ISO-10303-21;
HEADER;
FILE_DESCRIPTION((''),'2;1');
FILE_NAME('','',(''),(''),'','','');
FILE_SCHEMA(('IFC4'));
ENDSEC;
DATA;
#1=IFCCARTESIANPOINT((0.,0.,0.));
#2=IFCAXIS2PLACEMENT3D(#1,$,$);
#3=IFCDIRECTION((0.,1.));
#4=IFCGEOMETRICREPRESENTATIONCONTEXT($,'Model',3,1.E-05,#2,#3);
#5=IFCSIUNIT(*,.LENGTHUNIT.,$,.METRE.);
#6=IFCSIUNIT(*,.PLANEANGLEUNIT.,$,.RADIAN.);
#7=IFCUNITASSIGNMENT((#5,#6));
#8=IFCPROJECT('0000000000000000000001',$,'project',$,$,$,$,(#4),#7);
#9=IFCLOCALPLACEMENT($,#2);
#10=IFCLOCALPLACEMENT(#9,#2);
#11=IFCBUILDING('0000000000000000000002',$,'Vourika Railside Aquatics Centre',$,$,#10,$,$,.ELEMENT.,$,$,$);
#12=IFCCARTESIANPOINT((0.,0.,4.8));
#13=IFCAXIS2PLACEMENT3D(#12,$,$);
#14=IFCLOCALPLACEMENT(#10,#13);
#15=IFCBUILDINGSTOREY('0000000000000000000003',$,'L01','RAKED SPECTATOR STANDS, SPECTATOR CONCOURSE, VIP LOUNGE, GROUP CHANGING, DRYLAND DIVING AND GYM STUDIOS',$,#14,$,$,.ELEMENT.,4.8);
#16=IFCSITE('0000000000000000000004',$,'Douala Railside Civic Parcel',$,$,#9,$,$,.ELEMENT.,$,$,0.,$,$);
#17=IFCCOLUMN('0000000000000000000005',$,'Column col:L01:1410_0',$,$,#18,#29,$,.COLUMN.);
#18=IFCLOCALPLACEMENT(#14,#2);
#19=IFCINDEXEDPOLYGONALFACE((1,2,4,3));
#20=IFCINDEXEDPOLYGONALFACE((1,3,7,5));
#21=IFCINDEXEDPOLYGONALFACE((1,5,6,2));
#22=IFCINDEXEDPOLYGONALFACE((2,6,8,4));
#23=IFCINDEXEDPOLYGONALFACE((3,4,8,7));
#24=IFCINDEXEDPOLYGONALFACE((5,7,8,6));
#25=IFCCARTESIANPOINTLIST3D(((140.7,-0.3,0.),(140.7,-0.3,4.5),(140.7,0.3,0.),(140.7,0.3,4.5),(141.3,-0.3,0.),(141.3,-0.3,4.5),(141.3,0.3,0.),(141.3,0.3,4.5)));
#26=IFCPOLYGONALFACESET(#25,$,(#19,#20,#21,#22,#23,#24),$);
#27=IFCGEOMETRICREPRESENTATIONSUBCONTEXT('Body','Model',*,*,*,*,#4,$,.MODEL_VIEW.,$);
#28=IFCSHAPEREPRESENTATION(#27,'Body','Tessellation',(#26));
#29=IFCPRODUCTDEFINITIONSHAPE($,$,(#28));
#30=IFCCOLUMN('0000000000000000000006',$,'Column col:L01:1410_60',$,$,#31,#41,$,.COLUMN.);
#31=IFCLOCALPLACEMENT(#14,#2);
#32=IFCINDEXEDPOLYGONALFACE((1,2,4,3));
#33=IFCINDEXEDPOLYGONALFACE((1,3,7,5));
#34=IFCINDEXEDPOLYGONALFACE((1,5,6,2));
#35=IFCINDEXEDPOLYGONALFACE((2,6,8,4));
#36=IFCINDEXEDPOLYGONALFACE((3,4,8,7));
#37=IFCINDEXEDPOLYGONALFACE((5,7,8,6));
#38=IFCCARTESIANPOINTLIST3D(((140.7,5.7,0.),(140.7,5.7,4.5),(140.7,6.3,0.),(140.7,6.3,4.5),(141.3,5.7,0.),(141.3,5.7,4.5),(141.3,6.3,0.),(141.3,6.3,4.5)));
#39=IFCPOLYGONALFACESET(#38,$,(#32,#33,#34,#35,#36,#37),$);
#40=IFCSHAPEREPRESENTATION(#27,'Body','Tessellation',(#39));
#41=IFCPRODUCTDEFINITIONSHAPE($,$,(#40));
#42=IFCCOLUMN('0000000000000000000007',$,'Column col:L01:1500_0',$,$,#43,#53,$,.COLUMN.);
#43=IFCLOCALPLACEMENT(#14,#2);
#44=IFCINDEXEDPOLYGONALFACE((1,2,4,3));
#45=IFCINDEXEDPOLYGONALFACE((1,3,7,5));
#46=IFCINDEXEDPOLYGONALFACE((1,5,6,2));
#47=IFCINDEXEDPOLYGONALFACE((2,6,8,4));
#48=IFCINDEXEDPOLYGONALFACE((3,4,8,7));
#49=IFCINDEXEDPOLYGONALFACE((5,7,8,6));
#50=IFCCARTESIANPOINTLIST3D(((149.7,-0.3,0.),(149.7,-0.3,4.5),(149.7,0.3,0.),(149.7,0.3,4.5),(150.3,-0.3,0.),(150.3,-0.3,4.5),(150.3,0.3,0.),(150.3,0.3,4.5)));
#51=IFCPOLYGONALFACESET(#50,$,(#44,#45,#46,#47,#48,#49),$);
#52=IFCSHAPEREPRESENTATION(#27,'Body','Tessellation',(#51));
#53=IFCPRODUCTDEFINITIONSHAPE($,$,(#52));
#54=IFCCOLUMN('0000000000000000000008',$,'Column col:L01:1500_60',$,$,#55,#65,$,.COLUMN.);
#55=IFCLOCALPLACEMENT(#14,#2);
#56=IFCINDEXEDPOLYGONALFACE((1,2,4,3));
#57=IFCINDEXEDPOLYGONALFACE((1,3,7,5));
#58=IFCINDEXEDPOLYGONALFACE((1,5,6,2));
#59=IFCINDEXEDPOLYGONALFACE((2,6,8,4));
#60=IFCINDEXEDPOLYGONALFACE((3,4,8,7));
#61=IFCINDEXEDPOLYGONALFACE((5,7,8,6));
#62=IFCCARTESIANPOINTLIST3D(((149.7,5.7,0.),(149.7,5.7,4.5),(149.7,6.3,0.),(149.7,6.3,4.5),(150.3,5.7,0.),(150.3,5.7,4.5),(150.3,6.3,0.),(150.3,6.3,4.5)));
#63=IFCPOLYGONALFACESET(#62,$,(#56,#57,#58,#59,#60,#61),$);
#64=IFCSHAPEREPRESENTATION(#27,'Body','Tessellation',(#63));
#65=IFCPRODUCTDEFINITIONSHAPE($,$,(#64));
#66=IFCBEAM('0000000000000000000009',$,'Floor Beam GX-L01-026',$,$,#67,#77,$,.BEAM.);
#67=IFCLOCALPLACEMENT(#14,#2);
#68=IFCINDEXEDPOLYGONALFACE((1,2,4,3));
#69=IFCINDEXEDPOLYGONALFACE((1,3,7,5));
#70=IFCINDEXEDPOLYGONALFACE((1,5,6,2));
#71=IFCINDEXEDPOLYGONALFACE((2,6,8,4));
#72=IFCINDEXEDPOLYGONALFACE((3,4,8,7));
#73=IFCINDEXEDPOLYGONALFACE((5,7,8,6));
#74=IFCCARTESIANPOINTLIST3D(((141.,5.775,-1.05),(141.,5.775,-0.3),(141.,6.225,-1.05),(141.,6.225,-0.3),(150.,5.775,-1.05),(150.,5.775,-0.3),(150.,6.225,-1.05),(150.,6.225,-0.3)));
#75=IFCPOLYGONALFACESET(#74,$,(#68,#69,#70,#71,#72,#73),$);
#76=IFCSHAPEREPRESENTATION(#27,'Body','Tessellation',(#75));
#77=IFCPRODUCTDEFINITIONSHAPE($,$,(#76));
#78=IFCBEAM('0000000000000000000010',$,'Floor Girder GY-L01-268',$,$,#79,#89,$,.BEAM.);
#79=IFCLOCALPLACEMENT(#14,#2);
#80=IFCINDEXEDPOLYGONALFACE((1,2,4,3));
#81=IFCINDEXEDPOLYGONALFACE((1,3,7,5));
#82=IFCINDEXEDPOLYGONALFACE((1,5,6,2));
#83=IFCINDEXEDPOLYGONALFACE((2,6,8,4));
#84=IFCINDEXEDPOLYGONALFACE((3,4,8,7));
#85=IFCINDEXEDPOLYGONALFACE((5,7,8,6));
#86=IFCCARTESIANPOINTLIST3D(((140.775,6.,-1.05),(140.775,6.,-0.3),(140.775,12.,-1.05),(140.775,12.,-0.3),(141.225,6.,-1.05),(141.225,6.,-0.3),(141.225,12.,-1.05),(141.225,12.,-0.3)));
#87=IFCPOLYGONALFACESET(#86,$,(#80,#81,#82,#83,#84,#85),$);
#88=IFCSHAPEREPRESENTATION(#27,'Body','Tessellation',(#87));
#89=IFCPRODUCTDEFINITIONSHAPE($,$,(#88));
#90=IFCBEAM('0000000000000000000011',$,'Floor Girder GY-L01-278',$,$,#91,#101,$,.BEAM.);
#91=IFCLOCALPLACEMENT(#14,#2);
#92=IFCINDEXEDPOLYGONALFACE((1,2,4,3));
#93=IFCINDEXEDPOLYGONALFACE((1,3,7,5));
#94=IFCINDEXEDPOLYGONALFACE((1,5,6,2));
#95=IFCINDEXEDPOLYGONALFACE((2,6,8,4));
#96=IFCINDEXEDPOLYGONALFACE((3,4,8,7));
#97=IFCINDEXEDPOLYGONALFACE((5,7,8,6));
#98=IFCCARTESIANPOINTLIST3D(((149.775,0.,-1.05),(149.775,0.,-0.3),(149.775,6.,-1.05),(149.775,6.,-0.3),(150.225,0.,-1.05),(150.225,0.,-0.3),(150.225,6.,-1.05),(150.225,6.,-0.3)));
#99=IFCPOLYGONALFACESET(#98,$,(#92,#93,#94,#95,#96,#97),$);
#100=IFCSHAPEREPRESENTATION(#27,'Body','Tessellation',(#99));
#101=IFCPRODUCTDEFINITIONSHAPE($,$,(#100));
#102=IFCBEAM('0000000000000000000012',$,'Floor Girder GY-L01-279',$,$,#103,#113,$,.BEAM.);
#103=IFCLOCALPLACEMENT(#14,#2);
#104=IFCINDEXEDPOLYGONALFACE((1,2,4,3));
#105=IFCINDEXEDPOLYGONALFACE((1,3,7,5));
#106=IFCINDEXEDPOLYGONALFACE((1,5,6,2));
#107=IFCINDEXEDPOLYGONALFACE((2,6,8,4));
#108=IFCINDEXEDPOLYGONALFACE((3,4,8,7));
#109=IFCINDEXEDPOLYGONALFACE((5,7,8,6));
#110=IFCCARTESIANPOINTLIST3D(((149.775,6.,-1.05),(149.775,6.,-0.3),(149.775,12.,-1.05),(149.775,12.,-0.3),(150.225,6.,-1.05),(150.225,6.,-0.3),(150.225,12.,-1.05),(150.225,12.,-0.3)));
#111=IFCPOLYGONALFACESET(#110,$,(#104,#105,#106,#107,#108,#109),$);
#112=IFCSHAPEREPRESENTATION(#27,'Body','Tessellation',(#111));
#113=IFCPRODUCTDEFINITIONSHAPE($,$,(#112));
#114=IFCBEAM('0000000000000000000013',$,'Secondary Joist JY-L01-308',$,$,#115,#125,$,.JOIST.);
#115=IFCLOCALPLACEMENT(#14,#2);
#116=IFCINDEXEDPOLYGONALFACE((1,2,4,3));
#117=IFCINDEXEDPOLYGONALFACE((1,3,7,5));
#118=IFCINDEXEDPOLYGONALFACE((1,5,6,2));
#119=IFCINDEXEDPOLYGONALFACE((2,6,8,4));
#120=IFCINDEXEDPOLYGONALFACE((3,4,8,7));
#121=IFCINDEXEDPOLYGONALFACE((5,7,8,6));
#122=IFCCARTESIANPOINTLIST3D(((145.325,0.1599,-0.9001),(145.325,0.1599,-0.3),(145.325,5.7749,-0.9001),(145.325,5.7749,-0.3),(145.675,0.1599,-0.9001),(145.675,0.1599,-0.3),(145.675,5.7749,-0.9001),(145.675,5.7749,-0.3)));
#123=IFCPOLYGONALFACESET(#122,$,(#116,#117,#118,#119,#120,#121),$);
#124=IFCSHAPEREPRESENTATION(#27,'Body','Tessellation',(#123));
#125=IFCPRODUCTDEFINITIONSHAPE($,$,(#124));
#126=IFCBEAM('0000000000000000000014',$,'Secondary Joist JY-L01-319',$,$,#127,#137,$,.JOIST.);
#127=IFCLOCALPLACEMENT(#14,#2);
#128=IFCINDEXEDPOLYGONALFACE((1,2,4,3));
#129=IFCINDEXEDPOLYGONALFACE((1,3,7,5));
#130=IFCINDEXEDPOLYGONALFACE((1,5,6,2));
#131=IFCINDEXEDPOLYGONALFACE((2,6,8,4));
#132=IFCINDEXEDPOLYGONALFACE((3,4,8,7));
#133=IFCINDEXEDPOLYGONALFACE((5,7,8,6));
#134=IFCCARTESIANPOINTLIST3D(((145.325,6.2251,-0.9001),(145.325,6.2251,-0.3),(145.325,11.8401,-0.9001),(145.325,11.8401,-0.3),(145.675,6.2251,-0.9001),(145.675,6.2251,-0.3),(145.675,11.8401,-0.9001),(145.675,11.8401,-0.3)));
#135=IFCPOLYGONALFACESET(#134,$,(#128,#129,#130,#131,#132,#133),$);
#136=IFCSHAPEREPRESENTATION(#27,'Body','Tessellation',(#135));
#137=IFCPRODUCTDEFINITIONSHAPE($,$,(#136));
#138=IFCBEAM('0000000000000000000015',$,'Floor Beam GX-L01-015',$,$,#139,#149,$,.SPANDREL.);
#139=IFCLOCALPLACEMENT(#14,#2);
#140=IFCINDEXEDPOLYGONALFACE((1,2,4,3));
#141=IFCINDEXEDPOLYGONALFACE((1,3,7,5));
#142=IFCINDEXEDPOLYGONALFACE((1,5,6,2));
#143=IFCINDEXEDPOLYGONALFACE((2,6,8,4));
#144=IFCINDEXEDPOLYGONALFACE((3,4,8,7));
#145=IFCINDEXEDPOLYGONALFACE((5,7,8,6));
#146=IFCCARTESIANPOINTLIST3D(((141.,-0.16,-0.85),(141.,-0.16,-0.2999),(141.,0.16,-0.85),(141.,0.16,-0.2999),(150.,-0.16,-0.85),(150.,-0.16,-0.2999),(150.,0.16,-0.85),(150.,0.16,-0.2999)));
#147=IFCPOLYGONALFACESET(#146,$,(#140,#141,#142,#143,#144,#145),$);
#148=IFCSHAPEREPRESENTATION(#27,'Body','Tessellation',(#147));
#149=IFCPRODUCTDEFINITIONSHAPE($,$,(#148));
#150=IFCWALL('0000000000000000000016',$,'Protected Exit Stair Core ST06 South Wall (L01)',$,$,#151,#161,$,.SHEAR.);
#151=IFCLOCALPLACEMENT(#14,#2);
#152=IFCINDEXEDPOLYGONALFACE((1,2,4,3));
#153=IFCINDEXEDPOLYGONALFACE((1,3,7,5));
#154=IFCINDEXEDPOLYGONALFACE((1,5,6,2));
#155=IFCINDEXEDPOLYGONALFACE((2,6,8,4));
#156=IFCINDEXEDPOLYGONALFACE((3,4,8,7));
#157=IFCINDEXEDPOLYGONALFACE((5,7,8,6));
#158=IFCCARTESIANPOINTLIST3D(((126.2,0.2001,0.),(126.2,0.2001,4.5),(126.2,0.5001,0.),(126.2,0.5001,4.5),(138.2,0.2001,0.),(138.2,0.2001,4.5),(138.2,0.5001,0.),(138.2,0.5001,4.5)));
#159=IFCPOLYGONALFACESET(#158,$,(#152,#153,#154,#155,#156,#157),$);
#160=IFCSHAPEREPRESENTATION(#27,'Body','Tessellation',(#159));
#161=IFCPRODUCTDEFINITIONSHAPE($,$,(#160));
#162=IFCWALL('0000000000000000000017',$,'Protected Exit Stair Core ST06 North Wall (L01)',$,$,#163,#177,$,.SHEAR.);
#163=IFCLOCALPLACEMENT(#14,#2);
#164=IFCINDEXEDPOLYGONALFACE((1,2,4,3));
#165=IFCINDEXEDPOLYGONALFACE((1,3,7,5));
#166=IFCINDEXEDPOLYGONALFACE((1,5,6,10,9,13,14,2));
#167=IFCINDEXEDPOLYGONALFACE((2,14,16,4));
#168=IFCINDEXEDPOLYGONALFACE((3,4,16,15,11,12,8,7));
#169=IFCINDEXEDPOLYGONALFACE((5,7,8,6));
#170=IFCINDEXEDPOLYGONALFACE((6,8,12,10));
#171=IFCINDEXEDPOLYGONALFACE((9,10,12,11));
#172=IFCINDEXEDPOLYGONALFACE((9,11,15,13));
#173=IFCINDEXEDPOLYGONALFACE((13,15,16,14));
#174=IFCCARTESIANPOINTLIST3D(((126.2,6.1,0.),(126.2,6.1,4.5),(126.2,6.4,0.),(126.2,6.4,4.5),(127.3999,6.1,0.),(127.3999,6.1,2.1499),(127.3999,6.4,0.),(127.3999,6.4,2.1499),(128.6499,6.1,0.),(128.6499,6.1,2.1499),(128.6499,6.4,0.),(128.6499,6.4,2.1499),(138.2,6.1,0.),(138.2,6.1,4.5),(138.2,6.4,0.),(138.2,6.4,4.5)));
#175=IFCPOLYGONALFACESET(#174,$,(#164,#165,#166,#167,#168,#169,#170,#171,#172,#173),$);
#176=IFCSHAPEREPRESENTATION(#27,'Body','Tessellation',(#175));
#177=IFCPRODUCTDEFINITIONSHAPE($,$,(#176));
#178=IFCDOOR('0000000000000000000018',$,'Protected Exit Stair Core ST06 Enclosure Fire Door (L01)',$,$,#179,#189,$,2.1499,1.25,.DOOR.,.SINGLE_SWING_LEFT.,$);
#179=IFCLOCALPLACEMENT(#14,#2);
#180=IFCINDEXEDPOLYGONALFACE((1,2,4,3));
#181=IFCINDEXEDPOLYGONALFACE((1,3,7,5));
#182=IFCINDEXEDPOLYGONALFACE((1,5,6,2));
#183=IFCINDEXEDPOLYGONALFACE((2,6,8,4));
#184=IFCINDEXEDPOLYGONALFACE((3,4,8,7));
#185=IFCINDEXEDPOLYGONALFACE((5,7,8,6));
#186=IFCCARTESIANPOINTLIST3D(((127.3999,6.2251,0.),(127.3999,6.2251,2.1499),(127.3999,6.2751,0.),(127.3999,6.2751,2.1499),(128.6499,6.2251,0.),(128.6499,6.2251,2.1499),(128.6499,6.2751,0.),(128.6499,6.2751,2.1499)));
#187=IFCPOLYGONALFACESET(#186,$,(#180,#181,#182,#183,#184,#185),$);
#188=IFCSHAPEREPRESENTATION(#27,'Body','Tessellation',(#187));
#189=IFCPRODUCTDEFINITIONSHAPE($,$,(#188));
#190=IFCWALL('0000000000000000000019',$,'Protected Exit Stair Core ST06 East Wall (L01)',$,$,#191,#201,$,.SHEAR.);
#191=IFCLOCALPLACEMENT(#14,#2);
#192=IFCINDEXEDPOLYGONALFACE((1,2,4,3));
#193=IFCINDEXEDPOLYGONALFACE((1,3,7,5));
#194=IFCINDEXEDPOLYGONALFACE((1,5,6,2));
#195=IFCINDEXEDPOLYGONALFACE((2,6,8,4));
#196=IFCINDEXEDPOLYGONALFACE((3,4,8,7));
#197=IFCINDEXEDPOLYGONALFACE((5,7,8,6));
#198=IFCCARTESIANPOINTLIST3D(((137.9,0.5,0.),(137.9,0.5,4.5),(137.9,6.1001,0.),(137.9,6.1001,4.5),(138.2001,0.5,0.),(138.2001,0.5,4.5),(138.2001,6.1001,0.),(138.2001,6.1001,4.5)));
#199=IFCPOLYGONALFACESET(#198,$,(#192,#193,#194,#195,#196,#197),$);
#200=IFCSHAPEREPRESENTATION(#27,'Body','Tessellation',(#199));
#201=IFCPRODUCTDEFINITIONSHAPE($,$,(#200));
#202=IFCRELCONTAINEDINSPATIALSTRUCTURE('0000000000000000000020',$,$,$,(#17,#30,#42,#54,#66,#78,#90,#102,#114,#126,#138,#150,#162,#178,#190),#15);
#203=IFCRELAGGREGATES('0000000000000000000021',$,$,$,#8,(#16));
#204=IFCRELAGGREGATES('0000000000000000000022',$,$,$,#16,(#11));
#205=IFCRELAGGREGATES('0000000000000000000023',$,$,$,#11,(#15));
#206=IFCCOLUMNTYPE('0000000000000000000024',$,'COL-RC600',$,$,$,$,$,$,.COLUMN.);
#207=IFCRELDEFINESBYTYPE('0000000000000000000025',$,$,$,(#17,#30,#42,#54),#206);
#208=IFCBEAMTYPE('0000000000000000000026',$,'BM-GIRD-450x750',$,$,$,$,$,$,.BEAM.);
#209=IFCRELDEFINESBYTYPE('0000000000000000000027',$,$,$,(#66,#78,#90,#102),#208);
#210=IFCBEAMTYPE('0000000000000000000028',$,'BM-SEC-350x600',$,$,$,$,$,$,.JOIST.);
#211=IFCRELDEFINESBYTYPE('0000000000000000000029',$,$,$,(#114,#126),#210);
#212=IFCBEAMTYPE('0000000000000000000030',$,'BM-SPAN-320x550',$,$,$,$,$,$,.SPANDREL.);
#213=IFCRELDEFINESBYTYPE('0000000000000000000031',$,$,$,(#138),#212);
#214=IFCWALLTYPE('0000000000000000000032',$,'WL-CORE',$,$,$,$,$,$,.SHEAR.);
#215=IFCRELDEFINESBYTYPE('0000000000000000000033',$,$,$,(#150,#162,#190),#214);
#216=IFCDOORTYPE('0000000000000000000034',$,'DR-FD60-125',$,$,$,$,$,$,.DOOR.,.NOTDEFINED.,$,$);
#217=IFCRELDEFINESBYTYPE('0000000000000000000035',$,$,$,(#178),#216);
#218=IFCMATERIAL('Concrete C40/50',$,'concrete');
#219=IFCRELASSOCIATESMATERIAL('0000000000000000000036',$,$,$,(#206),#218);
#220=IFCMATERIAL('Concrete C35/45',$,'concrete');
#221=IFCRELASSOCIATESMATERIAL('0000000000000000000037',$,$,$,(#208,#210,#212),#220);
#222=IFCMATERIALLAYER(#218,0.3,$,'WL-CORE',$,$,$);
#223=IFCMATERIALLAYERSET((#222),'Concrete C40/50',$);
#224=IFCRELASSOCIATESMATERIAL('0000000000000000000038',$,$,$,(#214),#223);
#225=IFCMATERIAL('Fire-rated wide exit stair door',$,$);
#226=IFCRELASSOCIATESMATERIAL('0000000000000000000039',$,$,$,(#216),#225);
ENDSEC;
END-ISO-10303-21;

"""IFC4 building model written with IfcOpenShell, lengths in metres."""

from ifc_helpers import new_model, si_unit, direction, frame, frame_2d, origin, origin_2d, place, context, subcontext, project, spatial, rectangle, extrude, material, layer, layer_set, material_profile, profile_set, type_object, element, fill, save


model = new_model("IFC4")

# Units and contexts
model_context = context("Model", 3, precision=1e-05, world=origin(), true_north=direction((0.0, 1.0)))
body_context = subcontext(model_context, "Body", "Model", "MODEL_VIEW")
ifc_project = project(units=[si_unit("LENGTHUNIT", "METRE"), si_unit("PLANEANGLEUNIT", "RADIAN")], contexts=[model_context])

# Site, building, storey
site_placement = place(None, origin())
site = spatial("IfcSite", under=ifc_project, at=site_placement, Name="Douala Railside Civic Parcel", CompositionType="ELEMENT", RefElevation=0.0)
building_placement = place(site_placement, origin())
building = spatial("IfcBuilding", under=site, at=building_placement, Name="Vourika Railside Aquatics Centre", CompositionType="ELEMENT")
storey_placement = place(building_placement, frame((0.0, 0.0, 4.8)))
storey = spatial("IfcBuildingStorey", under=building, at=storey_placement, Name="L01", Description="RAKED SPECTATOR STANDS, SPECTATOR CONCOURSE, VIP LOUNGE, GROUP CHANGING, DRYLAND DIVING AND GYM STUDIOS", CompositionType="ELEMENT", Elevation=4.8)

# Columns
ifc_material_1 = material(Name="Concrete C40/50", Category="concrete")
ifc_material_profile_1 = material_profile(ifc_material_1, rectangle(XDim=0.6001, YDim=0.6001, at=origin_2d()), Name="RC 600x600")
ifc_profile_set_1 = profile_set([ifc_material_profile_1], Name="Concrete C40/50")
column_type = type_object("IfcColumnType", Name="COL-RC600", PredefinedType="COLUMN", material=ifc_profile_set_1)
for number, where, z_axis, x_axis, name in (
    (1, (141.0, 0.0, 0.0), (0.0, 0.0, 1.0), (1.0, 0.0, 0.0), "Column col:L01:1410_0"),
    (2, (141.0, 6.0, 0.0), (0.0, 0.0, 1.0), (1.0, 0.0, 0.0), "Column col:L01:1410_60"),
    (3, (150.0, 0.0, 0.0), (0.0, 0.0, 1.0), (1.0, 0.0, 0.0), "Column col:L01:1500_0"),
    (4, (150.0, 6.0, 0.0), (0.0, 0.0, 1.0), (1.0, 0.0, 0.0), "Column col:L01:1500_60"),
):
    element("IfcColumn", number, at=place(storey_placement, frame(where, z_axis=z_axis, x_axis=x_axis)), inside=storey, type_object=column_type, Name=name, PredefinedType="COLUMN", context=body_context, shape_type="SweptSolid", body=[
        extrude(rectangle(XDim=0.6001, YDim=0.6001, at=origin_2d()), origin(), (0.0, 0.0, 1.0), 4.5),
    ])

# Beams
ifc_material_2 = material(Name="Concrete C35/45", Category="concrete")
ifc_material_profile_2 = material_profile(ifc_material_2, rectangle(XDim=0.45, YDim=0.75, at=origin_2d()), Name="RC 450x750")
ifc_profile_set_2 = profile_set([ifc_material_profile_2], Name="Concrete C35/45")
beam_type_1 = type_object("IfcBeamType", Name="BM-GIRD-450x750", PredefinedType="BEAM", material=ifc_profile_set_2)
beam_1_placement = place(storey_placement, frame((141.0, 6.0, -0.675), z_axis=(1.0, 0.0, 0.0), x_axis=(0.0, 1.0, 0.0)))
element("IfcBeam", 5, at=beam_1_placement, inside=storey, type_object=beam_type_1, Name="Floor Beam GX-L01-026", PredefinedType="BEAM", context=body_context, shape_type="SweptSolid", body=[
    extrude(rectangle(XDim=0.45, YDim=0.75, at=origin_2d()), origin(), (0.0, 0.0, 1.0), 9.0),
])
for number, where, z_axis, x_axis, name in (
    (6, (141.0, 6.0, -0.675), (0.0, 1.0, 0.0), (-1.0, 0.0, 0.0), "Floor Girder GY-L01-268"),
    (7, (150.0, 0.0, -0.675), (0.0, 1.0, 0.0), (-1.0, 0.0, 0.0), "Floor Girder GY-L01-278"),
    (8, (150.0, 6.0, -0.675), (0.0, 1.0, 0.0), (-1.0, 0.0, 0.0), "Floor Girder GY-L01-279"),
):
    element("IfcBeam", number, at=place(storey_placement, frame(where, z_axis=z_axis, x_axis=x_axis)), inside=storey, type_object=beam_type_1, Name=name, PredefinedType="BEAM", context=body_context, shape_type="SweptSolid", body=[
        extrude(rectangle(XDim=0.45, YDim=0.75, at=origin_2d()), origin(), (0.0, 0.0, 1.0), 6.0),
    ])
ifc_material_profile_3 = material_profile(ifc_material_2, rectangle(XDim=0.3501, YDim=0.6001, at=origin_2d()), Name="RC 350x600")
ifc_profile_set_3 = profile_set([ifc_material_profile_3], Name="Concrete C35/45")
beam_type_2 = type_object("IfcBeamType", Name="BM-SEC-350x600", PredefinedType="JOIST", material=ifc_profile_set_3)
for number, where, z_axis, x_axis, name in (
    (9, (145.5, 0.1599, -0.6001), (0.0, 1.0, 0.0), (-1.0, 0.0, 0.0), "Secondary Joist JY-L01-308"),
    (10, (145.5, 6.2251, -0.6001), (0.0, 1.0, 0.0), (-1.0, 0.0, 0.0), "Secondary Joist JY-L01-319"),
):
    element("IfcBeam", number, at=place(storey_placement, frame(where, z_axis=z_axis, x_axis=x_axis)), inside=storey, type_object=beam_type_2, Name=name, PredefinedType="JOIST", context=body_context, shape_type="SweptSolid", body=[
        extrude(rectangle(XDim=0.3501, YDim=0.6001, at=origin_2d()), origin(), (0.0, 0.0, 1.0), 5.615),
    ])
ifc_material_profile_4 = material_profile(ifc_material_2, rectangle(XDim=0.3201, YDim=0.55, at=origin_2d()), Name="RC 320x550")
ifc_profile_set_4 = profile_set([ifc_material_profile_4], Name="Concrete C35/45")
beam_type_3 = type_object("IfcBeamType", Name="BM-SPAN-320x550", PredefinedType="SPANDREL", material=ifc_profile_set_4)
beam_2_placement = place(storey_placement, frame((141.0, 0.0, -0.575), z_axis=(1.0, 0.0, 0.0), x_axis=(0.0, 1.0, 0.0)))
element("IfcBeam", 11, at=beam_2_placement, inside=storey, type_object=beam_type_3, Name="Floor Beam GX-L01-015", PredefinedType="SPANDREL", context=body_context, shape_type="SweptSolid", body=[
    extrude(rectangle(XDim=0.3201, YDim=0.55, at=origin_2d()), origin(), (0.0, 0.0, 1.0), 9.0),
])

# Wall
ifc_layer_1 = layer(ifc_material_1, 0.3, Name="WL-CORE")
ifc_layer_set_1 = layer_set([ifc_layer_1], Name="Concrete C40/50")
wall_type_1 = type_object("IfcWallType", Name="WL-CORE", PredefinedType="SHEAR", material=ifc_layer_set_1)
wall_1_placement = place(storey_placement, frame((138.2, 0.3501, 0.0), z_axis=(0.0, 0.0, 1.0), x_axis=(-1.0, 0.0, 0.0)))
element("IfcWall", 12, at=wall_1_placement, inside=storey, type_object=wall_type_1, Name="Protected Exit Stair Core ST06 South Wall (L01)", PredefinedType="SHEAR", context=body_context, shape_type="SweptSolid", body=[
    extrude(rectangle(XDim=12.0, YDim=0.3, at=frame_2d((6.0, 0.0))), origin(), (0.0, 0.0, 1.0), 4.5),
])

# Wall, opening, door
wall_2_placement = place(storey_placement, frame((138.2, 6.25, 0.0), z_axis=(0.0, 0.0, 1.0), x_axis=(-1.0, 0.0, 0.0)))
wall_2 = element("IfcWall", 13, at=wall_2_placement, inside=storey, type_object=wall_type_1, Name="Protected Exit Stair Core ST06 North Wall (L01)", PredefinedType="SHEAR", context=body_context, shape_type="SweptSolid", body=[
    extrude(rectangle(XDim=12.0, YDim=0.3, at=frame_2d((6.0, 0.0))), origin(), (0.0, 0.0, 1.0), 4.5),
])
opening_1_placement = place(wall_2_placement, frame((9.55, 0.0, 0.0)))
opening_1 = element("IfcOpeningElement", 14, at=opening_1_placement, cuts=wall_2, PredefinedType="OPENING", context=body_context, shape_type="SweptSolid", body=[
    extrude(rectangle(XDim=1.25, YDim=2.1499, at=frame_2d((0.625, 1.075))), frame((0.0, 0.1602, 0.0), z_axis=(0.0, -1.0, 0.0), x_axis=(1.0, 0.0, 0.0)), (0.0, 0.0, 1.0), 0.3201),
])
ifc_material_3 = material(Name="Fire-rated wide exit stair door")
door_type_1 = type_object("IfcDoorType", Name="DR-FD60-125", OperationType="NOTDEFINED", PredefinedType="DOOR", material=ifc_material_3)
door_1_placement = place(opening_1_placement, origin())
door_1 = element("IfcDoor", 15, at=door_1_placement, inside=storey, type_object=door_type_1, Name="Protected Exit Stair Core ST06 Enclosure Fire Door (L01)", OperationType="SINGLE_SWING_LEFT", OverallHeight=2.1499, OverallWidth=1.25, PredefinedType="DOOR", context=body_context, shape_type="SweptSolid", body=[
    extrude(rectangle(XDim=1.25, YDim=2.1499, at=frame_2d((0.625, 1.075))), frame((0.0, 0.0249, 0.0), z_axis=(0.0, -1.0, 0.0), x_axis=(1.0, 0.0, 0.0)), (0.0, 0.0, 1.0), 0.05),
])
fill(opening_1, door_1)

# Wall
wall_3_placement = place(storey_placement, frame((138.05, 0.5, 0.0), z_axis=(0.0, 0.0, 1.0), x_axis=(0.0, 1.0, 0.0)))
element("IfcWall", 16, at=wall_3_placement, inside=storey, type_object=wall_type_1, Name="Protected Exit Stair Core ST06 East Wall (L01)", PredefinedType="SHEAR", context=body_context, shape_type="SweptSolid", body=[
    extrude(rectangle(XDim=5.6001, YDim=0.3, at=frame_2d((2.8, 0.0))), origin(), (0.0, 0.0, 1.0), 4.5),
])

save(model, "model.ifc")
